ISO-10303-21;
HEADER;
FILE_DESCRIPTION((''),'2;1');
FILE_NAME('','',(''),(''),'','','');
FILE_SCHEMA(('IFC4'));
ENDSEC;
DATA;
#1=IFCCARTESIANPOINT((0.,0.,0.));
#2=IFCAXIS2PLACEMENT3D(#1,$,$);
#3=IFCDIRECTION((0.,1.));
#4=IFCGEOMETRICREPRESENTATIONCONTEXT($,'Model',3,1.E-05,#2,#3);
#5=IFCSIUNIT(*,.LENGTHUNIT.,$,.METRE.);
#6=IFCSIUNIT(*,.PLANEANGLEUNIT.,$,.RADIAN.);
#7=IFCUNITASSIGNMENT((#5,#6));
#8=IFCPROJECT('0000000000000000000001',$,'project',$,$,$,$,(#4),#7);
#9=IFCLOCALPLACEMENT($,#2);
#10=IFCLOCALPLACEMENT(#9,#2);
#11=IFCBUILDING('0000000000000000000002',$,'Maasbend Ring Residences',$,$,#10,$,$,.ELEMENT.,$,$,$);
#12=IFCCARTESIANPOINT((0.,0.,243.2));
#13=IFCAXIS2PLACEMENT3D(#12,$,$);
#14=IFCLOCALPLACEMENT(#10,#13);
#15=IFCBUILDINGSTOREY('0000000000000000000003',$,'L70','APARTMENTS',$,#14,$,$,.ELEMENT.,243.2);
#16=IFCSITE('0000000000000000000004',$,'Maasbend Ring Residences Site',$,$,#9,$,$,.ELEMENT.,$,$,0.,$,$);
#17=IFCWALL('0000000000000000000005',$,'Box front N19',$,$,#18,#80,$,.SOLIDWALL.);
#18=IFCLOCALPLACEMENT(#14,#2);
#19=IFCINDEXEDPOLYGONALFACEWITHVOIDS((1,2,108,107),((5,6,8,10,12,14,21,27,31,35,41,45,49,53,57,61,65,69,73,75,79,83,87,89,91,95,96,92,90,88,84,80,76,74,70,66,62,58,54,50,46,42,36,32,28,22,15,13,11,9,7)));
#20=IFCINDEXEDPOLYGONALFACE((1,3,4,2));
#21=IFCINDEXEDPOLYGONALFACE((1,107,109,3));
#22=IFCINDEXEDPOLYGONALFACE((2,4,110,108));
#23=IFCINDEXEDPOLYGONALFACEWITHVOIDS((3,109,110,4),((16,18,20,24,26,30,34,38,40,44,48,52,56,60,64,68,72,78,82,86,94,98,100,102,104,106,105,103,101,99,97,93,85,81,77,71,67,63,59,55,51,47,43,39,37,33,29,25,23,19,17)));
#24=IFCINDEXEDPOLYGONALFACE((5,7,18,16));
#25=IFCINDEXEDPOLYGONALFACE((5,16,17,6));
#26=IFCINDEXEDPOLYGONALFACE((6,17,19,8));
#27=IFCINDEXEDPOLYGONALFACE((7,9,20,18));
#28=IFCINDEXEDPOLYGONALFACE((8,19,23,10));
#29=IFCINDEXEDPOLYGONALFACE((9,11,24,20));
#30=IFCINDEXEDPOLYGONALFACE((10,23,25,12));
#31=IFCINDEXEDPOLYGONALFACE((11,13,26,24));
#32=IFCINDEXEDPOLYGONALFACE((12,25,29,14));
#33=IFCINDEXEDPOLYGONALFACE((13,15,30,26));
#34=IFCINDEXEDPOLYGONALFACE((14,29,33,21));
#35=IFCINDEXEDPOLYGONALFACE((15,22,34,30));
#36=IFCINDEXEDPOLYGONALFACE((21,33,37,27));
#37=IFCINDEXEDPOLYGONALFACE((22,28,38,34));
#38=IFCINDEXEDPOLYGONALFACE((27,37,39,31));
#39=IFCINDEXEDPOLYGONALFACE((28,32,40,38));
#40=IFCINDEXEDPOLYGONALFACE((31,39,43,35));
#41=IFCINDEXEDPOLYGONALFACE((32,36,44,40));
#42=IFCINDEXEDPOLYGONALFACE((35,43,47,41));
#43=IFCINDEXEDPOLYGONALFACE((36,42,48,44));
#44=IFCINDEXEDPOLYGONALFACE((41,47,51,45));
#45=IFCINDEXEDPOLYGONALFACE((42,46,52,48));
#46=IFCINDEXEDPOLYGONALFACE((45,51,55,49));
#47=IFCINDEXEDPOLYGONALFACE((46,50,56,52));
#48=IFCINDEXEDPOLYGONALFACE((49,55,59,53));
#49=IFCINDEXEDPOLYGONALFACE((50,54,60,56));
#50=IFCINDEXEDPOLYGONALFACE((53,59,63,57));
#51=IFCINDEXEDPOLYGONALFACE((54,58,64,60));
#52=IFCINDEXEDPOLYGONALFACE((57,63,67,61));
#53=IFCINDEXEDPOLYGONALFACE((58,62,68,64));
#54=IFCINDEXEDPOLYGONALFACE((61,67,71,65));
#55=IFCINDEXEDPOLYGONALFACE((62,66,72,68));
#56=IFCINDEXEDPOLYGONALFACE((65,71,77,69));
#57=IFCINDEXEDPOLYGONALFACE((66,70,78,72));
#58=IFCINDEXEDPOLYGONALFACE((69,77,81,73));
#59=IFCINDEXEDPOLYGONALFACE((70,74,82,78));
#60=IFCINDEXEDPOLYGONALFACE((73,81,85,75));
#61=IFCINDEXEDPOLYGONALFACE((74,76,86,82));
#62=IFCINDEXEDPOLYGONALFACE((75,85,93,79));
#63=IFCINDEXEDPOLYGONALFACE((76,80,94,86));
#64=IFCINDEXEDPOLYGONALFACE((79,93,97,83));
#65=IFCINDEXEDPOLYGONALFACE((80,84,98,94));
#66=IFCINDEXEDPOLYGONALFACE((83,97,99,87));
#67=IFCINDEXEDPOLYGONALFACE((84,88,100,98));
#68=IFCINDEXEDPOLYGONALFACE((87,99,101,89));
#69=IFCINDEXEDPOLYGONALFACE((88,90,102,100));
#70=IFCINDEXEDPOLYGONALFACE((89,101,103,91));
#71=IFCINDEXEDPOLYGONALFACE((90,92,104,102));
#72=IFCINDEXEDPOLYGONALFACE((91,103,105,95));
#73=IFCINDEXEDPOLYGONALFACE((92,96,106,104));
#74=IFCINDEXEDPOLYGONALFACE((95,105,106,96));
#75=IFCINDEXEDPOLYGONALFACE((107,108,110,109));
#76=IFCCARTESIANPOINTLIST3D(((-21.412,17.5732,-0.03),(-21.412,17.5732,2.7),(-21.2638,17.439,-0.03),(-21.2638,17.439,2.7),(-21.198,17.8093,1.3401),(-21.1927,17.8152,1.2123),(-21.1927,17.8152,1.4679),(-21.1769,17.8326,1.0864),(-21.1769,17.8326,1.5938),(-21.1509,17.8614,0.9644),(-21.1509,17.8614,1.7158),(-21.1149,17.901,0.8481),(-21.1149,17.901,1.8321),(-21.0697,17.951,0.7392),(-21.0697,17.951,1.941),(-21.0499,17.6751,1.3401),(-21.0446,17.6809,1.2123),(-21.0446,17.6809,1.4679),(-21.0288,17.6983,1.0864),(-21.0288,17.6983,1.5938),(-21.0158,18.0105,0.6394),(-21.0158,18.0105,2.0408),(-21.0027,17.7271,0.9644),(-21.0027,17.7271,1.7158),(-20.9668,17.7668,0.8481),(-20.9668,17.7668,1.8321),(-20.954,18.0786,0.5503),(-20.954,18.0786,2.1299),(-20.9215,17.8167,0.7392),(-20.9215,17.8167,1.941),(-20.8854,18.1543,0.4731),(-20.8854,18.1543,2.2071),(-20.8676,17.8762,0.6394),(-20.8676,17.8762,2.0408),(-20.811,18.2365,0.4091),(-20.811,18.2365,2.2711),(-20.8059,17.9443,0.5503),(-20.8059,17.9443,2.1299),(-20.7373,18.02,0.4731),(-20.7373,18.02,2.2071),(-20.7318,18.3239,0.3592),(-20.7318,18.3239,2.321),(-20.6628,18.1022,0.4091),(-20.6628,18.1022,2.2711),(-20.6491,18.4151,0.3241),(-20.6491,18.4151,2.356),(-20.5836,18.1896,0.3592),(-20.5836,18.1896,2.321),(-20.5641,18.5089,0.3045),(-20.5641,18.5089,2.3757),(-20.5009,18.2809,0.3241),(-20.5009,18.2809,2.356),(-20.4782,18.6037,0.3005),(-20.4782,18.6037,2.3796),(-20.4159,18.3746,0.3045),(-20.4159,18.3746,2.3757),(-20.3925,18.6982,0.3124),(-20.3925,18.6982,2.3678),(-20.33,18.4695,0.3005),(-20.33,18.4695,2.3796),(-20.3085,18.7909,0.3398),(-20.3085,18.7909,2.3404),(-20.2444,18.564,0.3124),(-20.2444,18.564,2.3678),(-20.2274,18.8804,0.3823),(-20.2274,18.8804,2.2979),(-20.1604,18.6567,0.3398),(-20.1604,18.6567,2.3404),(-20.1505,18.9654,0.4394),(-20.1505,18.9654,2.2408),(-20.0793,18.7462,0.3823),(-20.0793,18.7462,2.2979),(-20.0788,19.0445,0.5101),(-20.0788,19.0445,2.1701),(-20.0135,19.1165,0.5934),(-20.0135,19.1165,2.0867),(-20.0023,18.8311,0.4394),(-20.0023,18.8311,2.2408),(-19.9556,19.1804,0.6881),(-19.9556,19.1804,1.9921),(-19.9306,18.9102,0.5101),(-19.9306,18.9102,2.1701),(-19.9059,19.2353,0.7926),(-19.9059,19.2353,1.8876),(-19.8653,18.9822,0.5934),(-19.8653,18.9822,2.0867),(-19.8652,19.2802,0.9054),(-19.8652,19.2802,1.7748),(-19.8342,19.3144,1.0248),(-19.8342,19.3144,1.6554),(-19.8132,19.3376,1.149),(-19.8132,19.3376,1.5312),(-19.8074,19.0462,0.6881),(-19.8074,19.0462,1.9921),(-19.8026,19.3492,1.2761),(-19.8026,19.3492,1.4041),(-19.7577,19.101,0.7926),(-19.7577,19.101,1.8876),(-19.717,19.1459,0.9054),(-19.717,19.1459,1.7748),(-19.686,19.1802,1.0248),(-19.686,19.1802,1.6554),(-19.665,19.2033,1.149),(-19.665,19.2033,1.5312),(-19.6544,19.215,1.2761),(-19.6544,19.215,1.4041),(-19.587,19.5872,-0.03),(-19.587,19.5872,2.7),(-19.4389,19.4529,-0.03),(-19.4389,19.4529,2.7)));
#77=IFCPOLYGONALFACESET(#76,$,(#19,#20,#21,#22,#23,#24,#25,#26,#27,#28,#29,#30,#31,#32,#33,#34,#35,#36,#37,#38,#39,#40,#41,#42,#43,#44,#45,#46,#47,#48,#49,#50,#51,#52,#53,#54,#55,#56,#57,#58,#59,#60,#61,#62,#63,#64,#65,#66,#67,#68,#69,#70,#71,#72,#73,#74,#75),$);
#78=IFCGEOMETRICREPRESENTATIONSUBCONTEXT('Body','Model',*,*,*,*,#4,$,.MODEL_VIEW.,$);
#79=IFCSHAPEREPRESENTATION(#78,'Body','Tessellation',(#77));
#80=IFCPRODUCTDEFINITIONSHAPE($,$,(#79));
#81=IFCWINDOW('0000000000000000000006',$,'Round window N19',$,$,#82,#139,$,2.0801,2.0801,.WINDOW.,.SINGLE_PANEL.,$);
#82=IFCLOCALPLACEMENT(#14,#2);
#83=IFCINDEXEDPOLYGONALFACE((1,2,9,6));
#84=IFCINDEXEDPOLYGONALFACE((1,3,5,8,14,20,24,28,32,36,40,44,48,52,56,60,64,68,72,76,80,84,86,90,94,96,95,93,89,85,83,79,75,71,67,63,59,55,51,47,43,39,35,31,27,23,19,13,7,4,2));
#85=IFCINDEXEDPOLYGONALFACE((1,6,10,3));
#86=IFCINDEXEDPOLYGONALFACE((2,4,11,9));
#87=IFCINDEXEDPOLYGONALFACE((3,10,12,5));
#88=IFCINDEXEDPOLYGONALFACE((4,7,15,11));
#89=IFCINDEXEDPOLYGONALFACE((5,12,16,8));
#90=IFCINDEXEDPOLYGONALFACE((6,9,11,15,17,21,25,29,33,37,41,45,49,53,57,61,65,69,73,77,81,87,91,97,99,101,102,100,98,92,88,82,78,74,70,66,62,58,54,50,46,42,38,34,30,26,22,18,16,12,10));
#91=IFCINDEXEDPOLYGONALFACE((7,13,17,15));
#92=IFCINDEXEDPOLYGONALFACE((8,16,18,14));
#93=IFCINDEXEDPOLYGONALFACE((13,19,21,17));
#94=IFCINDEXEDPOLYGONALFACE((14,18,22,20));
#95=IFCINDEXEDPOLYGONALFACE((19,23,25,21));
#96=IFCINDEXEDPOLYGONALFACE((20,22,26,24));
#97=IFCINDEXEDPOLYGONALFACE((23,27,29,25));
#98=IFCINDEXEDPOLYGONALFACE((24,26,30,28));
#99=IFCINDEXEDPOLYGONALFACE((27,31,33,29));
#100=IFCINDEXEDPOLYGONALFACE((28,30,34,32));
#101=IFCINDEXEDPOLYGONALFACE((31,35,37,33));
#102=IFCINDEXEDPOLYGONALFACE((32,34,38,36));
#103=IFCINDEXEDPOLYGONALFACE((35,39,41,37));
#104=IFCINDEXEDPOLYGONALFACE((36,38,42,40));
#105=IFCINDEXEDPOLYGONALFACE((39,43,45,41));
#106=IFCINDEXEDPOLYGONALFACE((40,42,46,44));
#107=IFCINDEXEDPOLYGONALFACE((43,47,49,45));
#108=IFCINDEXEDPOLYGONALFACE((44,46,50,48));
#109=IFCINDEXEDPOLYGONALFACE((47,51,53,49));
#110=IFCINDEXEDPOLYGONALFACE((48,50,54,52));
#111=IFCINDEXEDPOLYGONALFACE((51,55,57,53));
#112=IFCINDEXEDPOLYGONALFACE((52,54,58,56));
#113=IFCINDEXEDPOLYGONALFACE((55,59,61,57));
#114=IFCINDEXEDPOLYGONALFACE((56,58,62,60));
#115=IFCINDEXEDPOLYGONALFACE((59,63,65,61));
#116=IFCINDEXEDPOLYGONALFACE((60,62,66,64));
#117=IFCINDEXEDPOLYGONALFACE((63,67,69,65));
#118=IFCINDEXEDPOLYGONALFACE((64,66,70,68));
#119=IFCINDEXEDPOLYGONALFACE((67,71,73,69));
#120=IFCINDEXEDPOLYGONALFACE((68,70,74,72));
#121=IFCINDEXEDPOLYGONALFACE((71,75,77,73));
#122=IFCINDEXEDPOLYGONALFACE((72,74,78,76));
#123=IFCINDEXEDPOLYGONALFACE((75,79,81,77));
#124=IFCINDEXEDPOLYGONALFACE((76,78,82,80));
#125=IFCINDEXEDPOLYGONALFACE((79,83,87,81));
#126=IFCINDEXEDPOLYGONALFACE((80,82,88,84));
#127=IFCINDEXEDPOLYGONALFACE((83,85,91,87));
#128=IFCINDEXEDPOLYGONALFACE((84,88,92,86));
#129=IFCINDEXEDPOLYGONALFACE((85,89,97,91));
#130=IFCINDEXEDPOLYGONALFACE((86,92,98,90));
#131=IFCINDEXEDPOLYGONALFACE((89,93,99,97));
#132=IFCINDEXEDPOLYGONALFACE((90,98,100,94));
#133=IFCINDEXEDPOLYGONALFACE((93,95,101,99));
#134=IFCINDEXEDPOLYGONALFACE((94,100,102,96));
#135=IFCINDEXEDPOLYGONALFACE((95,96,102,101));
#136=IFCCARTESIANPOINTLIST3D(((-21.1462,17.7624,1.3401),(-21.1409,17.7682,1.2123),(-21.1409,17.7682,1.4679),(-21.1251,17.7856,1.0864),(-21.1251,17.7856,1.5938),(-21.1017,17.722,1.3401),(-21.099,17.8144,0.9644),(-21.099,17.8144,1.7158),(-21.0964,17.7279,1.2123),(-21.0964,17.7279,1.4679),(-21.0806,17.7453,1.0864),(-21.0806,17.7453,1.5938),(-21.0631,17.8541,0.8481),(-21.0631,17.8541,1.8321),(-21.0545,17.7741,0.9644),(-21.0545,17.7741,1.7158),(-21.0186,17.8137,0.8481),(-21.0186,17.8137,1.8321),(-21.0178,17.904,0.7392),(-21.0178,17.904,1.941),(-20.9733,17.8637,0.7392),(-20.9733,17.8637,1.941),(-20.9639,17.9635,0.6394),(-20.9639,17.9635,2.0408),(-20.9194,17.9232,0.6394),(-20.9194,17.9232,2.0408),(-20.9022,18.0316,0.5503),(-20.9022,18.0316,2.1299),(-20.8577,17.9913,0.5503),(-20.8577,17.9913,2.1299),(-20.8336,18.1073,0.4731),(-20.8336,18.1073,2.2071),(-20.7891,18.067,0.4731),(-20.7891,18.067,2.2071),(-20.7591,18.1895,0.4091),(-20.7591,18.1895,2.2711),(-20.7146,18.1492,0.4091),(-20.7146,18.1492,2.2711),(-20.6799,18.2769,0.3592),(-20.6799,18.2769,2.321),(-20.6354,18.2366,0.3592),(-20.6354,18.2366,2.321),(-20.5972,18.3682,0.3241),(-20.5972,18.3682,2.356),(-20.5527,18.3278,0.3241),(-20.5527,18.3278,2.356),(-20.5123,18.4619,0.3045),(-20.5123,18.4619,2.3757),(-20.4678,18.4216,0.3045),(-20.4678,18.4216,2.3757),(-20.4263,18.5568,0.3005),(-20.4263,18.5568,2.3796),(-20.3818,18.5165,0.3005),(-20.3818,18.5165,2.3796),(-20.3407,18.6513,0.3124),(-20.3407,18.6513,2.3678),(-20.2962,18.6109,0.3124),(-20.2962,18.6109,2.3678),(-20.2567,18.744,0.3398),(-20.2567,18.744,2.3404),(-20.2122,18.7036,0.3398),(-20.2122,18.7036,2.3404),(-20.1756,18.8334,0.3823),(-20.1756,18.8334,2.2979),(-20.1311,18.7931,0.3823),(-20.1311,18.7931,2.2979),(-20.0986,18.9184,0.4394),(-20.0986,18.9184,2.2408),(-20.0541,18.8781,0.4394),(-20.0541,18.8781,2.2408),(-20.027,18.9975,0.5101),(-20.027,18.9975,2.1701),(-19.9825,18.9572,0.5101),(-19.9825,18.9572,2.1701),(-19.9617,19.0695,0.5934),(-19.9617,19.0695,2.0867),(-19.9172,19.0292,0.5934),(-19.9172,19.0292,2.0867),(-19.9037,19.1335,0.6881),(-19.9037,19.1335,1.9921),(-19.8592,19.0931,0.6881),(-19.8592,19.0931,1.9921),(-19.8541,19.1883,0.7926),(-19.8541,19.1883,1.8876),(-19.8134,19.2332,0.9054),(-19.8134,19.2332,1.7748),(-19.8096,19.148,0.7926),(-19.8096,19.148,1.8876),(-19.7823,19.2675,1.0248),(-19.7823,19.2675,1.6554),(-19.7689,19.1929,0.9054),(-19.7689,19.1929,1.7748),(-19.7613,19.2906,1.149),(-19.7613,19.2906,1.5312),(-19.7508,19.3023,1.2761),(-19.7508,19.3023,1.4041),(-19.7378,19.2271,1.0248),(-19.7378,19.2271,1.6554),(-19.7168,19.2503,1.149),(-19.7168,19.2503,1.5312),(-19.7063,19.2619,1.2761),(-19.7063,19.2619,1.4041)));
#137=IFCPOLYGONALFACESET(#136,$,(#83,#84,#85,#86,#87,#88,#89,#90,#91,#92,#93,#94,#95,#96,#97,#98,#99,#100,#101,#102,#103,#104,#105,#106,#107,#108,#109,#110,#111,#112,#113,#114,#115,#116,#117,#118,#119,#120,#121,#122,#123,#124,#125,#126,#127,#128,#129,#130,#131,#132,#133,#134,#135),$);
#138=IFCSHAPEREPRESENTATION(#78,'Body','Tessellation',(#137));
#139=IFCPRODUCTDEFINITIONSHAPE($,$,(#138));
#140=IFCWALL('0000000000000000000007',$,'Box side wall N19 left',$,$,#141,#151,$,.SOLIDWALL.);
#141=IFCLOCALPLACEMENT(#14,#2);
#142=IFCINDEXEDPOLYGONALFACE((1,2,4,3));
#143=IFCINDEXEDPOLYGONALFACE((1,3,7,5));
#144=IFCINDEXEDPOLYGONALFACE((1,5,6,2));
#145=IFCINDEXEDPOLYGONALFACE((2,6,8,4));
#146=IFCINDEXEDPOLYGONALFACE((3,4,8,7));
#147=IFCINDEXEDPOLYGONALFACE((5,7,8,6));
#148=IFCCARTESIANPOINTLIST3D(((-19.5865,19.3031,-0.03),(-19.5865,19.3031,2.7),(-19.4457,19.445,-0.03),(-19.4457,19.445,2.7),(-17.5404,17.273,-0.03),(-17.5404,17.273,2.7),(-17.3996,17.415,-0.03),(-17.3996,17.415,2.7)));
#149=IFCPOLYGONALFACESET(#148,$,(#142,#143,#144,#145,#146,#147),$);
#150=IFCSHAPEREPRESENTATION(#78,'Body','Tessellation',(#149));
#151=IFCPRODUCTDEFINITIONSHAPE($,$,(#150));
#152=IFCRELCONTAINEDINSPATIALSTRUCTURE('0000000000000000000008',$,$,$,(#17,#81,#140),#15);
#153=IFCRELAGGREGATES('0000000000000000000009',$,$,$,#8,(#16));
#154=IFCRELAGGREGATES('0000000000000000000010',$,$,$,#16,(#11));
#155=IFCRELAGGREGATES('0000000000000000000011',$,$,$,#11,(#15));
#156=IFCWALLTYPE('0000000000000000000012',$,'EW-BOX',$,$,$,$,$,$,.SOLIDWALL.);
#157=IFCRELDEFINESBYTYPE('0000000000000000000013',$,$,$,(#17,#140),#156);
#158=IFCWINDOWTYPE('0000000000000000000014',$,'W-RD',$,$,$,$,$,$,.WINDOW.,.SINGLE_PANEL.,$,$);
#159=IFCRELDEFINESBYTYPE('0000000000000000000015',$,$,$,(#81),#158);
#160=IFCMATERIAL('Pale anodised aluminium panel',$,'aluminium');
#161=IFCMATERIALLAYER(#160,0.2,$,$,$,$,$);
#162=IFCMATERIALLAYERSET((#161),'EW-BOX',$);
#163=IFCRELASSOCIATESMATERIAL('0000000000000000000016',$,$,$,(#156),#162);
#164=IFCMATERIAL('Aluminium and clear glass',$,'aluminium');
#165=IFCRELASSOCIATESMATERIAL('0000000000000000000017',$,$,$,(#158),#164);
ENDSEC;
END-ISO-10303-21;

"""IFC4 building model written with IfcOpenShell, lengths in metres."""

from ifc_helpers import new_model, si_unit, direction, frame, frame_2d, origin, place, context, subcontext, project, spatial, rectangle, circle, extrude, material, layer, layer_set, type_object, element, fill, save


model = new_model("IFC4")

# Units and contexts
model_context = context("Model", 3, precision=1e-05, world=origin(), true_north=direction((0.0, 1.0)))
body_context = subcontext(model_context, "Body", "Model", "MODEL_VIEW")
ifc_project = project(units=[si_unit("LENGTHUNIT", "METRE"), si_unit("PLANEANGLEUNIT", "RADIAN")], contexts=[model_context])

# Site, building, storey
site_placement = place(None, origin())
site = spatial("IfcSite", under=ifc_project, at=site_placement, Name="Maasbend Ring Residences Site", CompositionType="ELEMENT", RefElevation=0.0)
building_placement = place(site_placement, origin())
building = spatial("IfcBuilding", under=site, at=building_placement, Name="Maasbend Ring Residences", CompositionType="ELEMENT")
storey_placement = place(building_placement, frame((0.0, 0.0, 243.2)))
storey = spatial("IfcBuildingStorey", under=building, at=storey_placement, Name="L70", Description="APARTMENTS", CompositionType="ELEMENT", Elevation=243.2)

# Shared definitions
ifc_material_1 = material(Name="Pale anodised aluminium panel", Category="aluminium")
ifc_layer_1 = layer(ifc_material_1, 0.2)
ifc_layer_set_1 = layer_set([ifc_layer_1], Name="EW-BOX")
wall_type_1 = type_object("IfcWallType", Name="EW-BOX", PredefinedType="SOLIDWALL", material=ifc_layer_set_1)
ifc_material_2 = material(Name="Aluminium and clear glass", Category="aluminium")
window_type_1 = type_object("IfcWindowType", Name="W-RD", PartitioningType="SINGLE_PANEL", PredefinedType="WINDOW", material=ifc_material_2)

# Wall, opening, window
wall_1_placement = place(storey_placement, frame((-19.5129, 19.52, -0.03), z_axis=(0.0, 0.0, 1.0), x_axis=(-0.671487, -0.741016, 0.0)))
wall_1 = element("IfcWall", 1, at=wall_1_placement, inside=storey, type_object=wall_type_1, Name="Box front N19", PredefinedType="SOLIDWALL", context=body_context, shape_type="SweptSolid", body=[
    extrude(rectangle(XDim=2.7178, YDim=0.2, at=frame_2d((1.3589, 0.0))), origin(), (0.0, 0.0, 1.0), 2.73),
])
opening_1_placement = place(wall_1_placement, frame((0.3191, 0.0, 0.3301)))
opening_1 = element("IfcOpeningElement", 2, at=opening_1_placement, cuts=wall_1, PredefinedType="OPENING", context=body_context, shape_type="SweptSolid", body=[
    extrude(circle(Radius=1.04, at=frame_2d((1.04, 1.04))), frame((0.0, 0.1099, 0.0), z_axis=(0.0, -1.0, 0.0), x_axis=(1.0, 0.0, 0.0)), (0.0, 0.0, 1.0), 0.22),
])
window_1_placement = place(opening_1_placement, origin())
window_1 = element("IfcWindow", 3, at=window_1_placement, inside=storey, type_object=window_type_1, Name="Round window N19", OverallHeight=2.0801, OverallWidth=2.0801, PartitioningType="SINGLE_PANEL", PredefinedType="WINDOW", context=body_context, shape_type="SweptSolid", body=[
    extrude(circle(Radius=1.04, at=frame_2d((1.04, 1.04))), frame((0.0, 0.03, 0.0), z_axis=(0.0, -1.0, 0.0), x_axis=(1.0, 0.0, 0.0)), (0.0, 0.0, 1.0), 0.0601),
])
fill(opening_1, window_1)

# Wall
wall_2_placement = place(storey_placement, frame((-17.47, 17.344, -0.03), z_axis=(0.0, 0.0, 1.0), x_axis=(-0.709896, 0.704306, 0.0)))
element("IfcWall", 4, at=wall_2_placement, inside=storey, type_object=wall_type_1, Name="Box side wall N19 left", PredefinedType="SOLIDWALL", context=body_context, shape_type="SweptSolid", body=[
    extrude(rectangle(XDim=2.8823, YDim=0.2, at=frame_2d((1.4412, 0.0))), origin(), (0.0, 0.0, 1.0), 2.73),
])

save(model, "model.ifc")
